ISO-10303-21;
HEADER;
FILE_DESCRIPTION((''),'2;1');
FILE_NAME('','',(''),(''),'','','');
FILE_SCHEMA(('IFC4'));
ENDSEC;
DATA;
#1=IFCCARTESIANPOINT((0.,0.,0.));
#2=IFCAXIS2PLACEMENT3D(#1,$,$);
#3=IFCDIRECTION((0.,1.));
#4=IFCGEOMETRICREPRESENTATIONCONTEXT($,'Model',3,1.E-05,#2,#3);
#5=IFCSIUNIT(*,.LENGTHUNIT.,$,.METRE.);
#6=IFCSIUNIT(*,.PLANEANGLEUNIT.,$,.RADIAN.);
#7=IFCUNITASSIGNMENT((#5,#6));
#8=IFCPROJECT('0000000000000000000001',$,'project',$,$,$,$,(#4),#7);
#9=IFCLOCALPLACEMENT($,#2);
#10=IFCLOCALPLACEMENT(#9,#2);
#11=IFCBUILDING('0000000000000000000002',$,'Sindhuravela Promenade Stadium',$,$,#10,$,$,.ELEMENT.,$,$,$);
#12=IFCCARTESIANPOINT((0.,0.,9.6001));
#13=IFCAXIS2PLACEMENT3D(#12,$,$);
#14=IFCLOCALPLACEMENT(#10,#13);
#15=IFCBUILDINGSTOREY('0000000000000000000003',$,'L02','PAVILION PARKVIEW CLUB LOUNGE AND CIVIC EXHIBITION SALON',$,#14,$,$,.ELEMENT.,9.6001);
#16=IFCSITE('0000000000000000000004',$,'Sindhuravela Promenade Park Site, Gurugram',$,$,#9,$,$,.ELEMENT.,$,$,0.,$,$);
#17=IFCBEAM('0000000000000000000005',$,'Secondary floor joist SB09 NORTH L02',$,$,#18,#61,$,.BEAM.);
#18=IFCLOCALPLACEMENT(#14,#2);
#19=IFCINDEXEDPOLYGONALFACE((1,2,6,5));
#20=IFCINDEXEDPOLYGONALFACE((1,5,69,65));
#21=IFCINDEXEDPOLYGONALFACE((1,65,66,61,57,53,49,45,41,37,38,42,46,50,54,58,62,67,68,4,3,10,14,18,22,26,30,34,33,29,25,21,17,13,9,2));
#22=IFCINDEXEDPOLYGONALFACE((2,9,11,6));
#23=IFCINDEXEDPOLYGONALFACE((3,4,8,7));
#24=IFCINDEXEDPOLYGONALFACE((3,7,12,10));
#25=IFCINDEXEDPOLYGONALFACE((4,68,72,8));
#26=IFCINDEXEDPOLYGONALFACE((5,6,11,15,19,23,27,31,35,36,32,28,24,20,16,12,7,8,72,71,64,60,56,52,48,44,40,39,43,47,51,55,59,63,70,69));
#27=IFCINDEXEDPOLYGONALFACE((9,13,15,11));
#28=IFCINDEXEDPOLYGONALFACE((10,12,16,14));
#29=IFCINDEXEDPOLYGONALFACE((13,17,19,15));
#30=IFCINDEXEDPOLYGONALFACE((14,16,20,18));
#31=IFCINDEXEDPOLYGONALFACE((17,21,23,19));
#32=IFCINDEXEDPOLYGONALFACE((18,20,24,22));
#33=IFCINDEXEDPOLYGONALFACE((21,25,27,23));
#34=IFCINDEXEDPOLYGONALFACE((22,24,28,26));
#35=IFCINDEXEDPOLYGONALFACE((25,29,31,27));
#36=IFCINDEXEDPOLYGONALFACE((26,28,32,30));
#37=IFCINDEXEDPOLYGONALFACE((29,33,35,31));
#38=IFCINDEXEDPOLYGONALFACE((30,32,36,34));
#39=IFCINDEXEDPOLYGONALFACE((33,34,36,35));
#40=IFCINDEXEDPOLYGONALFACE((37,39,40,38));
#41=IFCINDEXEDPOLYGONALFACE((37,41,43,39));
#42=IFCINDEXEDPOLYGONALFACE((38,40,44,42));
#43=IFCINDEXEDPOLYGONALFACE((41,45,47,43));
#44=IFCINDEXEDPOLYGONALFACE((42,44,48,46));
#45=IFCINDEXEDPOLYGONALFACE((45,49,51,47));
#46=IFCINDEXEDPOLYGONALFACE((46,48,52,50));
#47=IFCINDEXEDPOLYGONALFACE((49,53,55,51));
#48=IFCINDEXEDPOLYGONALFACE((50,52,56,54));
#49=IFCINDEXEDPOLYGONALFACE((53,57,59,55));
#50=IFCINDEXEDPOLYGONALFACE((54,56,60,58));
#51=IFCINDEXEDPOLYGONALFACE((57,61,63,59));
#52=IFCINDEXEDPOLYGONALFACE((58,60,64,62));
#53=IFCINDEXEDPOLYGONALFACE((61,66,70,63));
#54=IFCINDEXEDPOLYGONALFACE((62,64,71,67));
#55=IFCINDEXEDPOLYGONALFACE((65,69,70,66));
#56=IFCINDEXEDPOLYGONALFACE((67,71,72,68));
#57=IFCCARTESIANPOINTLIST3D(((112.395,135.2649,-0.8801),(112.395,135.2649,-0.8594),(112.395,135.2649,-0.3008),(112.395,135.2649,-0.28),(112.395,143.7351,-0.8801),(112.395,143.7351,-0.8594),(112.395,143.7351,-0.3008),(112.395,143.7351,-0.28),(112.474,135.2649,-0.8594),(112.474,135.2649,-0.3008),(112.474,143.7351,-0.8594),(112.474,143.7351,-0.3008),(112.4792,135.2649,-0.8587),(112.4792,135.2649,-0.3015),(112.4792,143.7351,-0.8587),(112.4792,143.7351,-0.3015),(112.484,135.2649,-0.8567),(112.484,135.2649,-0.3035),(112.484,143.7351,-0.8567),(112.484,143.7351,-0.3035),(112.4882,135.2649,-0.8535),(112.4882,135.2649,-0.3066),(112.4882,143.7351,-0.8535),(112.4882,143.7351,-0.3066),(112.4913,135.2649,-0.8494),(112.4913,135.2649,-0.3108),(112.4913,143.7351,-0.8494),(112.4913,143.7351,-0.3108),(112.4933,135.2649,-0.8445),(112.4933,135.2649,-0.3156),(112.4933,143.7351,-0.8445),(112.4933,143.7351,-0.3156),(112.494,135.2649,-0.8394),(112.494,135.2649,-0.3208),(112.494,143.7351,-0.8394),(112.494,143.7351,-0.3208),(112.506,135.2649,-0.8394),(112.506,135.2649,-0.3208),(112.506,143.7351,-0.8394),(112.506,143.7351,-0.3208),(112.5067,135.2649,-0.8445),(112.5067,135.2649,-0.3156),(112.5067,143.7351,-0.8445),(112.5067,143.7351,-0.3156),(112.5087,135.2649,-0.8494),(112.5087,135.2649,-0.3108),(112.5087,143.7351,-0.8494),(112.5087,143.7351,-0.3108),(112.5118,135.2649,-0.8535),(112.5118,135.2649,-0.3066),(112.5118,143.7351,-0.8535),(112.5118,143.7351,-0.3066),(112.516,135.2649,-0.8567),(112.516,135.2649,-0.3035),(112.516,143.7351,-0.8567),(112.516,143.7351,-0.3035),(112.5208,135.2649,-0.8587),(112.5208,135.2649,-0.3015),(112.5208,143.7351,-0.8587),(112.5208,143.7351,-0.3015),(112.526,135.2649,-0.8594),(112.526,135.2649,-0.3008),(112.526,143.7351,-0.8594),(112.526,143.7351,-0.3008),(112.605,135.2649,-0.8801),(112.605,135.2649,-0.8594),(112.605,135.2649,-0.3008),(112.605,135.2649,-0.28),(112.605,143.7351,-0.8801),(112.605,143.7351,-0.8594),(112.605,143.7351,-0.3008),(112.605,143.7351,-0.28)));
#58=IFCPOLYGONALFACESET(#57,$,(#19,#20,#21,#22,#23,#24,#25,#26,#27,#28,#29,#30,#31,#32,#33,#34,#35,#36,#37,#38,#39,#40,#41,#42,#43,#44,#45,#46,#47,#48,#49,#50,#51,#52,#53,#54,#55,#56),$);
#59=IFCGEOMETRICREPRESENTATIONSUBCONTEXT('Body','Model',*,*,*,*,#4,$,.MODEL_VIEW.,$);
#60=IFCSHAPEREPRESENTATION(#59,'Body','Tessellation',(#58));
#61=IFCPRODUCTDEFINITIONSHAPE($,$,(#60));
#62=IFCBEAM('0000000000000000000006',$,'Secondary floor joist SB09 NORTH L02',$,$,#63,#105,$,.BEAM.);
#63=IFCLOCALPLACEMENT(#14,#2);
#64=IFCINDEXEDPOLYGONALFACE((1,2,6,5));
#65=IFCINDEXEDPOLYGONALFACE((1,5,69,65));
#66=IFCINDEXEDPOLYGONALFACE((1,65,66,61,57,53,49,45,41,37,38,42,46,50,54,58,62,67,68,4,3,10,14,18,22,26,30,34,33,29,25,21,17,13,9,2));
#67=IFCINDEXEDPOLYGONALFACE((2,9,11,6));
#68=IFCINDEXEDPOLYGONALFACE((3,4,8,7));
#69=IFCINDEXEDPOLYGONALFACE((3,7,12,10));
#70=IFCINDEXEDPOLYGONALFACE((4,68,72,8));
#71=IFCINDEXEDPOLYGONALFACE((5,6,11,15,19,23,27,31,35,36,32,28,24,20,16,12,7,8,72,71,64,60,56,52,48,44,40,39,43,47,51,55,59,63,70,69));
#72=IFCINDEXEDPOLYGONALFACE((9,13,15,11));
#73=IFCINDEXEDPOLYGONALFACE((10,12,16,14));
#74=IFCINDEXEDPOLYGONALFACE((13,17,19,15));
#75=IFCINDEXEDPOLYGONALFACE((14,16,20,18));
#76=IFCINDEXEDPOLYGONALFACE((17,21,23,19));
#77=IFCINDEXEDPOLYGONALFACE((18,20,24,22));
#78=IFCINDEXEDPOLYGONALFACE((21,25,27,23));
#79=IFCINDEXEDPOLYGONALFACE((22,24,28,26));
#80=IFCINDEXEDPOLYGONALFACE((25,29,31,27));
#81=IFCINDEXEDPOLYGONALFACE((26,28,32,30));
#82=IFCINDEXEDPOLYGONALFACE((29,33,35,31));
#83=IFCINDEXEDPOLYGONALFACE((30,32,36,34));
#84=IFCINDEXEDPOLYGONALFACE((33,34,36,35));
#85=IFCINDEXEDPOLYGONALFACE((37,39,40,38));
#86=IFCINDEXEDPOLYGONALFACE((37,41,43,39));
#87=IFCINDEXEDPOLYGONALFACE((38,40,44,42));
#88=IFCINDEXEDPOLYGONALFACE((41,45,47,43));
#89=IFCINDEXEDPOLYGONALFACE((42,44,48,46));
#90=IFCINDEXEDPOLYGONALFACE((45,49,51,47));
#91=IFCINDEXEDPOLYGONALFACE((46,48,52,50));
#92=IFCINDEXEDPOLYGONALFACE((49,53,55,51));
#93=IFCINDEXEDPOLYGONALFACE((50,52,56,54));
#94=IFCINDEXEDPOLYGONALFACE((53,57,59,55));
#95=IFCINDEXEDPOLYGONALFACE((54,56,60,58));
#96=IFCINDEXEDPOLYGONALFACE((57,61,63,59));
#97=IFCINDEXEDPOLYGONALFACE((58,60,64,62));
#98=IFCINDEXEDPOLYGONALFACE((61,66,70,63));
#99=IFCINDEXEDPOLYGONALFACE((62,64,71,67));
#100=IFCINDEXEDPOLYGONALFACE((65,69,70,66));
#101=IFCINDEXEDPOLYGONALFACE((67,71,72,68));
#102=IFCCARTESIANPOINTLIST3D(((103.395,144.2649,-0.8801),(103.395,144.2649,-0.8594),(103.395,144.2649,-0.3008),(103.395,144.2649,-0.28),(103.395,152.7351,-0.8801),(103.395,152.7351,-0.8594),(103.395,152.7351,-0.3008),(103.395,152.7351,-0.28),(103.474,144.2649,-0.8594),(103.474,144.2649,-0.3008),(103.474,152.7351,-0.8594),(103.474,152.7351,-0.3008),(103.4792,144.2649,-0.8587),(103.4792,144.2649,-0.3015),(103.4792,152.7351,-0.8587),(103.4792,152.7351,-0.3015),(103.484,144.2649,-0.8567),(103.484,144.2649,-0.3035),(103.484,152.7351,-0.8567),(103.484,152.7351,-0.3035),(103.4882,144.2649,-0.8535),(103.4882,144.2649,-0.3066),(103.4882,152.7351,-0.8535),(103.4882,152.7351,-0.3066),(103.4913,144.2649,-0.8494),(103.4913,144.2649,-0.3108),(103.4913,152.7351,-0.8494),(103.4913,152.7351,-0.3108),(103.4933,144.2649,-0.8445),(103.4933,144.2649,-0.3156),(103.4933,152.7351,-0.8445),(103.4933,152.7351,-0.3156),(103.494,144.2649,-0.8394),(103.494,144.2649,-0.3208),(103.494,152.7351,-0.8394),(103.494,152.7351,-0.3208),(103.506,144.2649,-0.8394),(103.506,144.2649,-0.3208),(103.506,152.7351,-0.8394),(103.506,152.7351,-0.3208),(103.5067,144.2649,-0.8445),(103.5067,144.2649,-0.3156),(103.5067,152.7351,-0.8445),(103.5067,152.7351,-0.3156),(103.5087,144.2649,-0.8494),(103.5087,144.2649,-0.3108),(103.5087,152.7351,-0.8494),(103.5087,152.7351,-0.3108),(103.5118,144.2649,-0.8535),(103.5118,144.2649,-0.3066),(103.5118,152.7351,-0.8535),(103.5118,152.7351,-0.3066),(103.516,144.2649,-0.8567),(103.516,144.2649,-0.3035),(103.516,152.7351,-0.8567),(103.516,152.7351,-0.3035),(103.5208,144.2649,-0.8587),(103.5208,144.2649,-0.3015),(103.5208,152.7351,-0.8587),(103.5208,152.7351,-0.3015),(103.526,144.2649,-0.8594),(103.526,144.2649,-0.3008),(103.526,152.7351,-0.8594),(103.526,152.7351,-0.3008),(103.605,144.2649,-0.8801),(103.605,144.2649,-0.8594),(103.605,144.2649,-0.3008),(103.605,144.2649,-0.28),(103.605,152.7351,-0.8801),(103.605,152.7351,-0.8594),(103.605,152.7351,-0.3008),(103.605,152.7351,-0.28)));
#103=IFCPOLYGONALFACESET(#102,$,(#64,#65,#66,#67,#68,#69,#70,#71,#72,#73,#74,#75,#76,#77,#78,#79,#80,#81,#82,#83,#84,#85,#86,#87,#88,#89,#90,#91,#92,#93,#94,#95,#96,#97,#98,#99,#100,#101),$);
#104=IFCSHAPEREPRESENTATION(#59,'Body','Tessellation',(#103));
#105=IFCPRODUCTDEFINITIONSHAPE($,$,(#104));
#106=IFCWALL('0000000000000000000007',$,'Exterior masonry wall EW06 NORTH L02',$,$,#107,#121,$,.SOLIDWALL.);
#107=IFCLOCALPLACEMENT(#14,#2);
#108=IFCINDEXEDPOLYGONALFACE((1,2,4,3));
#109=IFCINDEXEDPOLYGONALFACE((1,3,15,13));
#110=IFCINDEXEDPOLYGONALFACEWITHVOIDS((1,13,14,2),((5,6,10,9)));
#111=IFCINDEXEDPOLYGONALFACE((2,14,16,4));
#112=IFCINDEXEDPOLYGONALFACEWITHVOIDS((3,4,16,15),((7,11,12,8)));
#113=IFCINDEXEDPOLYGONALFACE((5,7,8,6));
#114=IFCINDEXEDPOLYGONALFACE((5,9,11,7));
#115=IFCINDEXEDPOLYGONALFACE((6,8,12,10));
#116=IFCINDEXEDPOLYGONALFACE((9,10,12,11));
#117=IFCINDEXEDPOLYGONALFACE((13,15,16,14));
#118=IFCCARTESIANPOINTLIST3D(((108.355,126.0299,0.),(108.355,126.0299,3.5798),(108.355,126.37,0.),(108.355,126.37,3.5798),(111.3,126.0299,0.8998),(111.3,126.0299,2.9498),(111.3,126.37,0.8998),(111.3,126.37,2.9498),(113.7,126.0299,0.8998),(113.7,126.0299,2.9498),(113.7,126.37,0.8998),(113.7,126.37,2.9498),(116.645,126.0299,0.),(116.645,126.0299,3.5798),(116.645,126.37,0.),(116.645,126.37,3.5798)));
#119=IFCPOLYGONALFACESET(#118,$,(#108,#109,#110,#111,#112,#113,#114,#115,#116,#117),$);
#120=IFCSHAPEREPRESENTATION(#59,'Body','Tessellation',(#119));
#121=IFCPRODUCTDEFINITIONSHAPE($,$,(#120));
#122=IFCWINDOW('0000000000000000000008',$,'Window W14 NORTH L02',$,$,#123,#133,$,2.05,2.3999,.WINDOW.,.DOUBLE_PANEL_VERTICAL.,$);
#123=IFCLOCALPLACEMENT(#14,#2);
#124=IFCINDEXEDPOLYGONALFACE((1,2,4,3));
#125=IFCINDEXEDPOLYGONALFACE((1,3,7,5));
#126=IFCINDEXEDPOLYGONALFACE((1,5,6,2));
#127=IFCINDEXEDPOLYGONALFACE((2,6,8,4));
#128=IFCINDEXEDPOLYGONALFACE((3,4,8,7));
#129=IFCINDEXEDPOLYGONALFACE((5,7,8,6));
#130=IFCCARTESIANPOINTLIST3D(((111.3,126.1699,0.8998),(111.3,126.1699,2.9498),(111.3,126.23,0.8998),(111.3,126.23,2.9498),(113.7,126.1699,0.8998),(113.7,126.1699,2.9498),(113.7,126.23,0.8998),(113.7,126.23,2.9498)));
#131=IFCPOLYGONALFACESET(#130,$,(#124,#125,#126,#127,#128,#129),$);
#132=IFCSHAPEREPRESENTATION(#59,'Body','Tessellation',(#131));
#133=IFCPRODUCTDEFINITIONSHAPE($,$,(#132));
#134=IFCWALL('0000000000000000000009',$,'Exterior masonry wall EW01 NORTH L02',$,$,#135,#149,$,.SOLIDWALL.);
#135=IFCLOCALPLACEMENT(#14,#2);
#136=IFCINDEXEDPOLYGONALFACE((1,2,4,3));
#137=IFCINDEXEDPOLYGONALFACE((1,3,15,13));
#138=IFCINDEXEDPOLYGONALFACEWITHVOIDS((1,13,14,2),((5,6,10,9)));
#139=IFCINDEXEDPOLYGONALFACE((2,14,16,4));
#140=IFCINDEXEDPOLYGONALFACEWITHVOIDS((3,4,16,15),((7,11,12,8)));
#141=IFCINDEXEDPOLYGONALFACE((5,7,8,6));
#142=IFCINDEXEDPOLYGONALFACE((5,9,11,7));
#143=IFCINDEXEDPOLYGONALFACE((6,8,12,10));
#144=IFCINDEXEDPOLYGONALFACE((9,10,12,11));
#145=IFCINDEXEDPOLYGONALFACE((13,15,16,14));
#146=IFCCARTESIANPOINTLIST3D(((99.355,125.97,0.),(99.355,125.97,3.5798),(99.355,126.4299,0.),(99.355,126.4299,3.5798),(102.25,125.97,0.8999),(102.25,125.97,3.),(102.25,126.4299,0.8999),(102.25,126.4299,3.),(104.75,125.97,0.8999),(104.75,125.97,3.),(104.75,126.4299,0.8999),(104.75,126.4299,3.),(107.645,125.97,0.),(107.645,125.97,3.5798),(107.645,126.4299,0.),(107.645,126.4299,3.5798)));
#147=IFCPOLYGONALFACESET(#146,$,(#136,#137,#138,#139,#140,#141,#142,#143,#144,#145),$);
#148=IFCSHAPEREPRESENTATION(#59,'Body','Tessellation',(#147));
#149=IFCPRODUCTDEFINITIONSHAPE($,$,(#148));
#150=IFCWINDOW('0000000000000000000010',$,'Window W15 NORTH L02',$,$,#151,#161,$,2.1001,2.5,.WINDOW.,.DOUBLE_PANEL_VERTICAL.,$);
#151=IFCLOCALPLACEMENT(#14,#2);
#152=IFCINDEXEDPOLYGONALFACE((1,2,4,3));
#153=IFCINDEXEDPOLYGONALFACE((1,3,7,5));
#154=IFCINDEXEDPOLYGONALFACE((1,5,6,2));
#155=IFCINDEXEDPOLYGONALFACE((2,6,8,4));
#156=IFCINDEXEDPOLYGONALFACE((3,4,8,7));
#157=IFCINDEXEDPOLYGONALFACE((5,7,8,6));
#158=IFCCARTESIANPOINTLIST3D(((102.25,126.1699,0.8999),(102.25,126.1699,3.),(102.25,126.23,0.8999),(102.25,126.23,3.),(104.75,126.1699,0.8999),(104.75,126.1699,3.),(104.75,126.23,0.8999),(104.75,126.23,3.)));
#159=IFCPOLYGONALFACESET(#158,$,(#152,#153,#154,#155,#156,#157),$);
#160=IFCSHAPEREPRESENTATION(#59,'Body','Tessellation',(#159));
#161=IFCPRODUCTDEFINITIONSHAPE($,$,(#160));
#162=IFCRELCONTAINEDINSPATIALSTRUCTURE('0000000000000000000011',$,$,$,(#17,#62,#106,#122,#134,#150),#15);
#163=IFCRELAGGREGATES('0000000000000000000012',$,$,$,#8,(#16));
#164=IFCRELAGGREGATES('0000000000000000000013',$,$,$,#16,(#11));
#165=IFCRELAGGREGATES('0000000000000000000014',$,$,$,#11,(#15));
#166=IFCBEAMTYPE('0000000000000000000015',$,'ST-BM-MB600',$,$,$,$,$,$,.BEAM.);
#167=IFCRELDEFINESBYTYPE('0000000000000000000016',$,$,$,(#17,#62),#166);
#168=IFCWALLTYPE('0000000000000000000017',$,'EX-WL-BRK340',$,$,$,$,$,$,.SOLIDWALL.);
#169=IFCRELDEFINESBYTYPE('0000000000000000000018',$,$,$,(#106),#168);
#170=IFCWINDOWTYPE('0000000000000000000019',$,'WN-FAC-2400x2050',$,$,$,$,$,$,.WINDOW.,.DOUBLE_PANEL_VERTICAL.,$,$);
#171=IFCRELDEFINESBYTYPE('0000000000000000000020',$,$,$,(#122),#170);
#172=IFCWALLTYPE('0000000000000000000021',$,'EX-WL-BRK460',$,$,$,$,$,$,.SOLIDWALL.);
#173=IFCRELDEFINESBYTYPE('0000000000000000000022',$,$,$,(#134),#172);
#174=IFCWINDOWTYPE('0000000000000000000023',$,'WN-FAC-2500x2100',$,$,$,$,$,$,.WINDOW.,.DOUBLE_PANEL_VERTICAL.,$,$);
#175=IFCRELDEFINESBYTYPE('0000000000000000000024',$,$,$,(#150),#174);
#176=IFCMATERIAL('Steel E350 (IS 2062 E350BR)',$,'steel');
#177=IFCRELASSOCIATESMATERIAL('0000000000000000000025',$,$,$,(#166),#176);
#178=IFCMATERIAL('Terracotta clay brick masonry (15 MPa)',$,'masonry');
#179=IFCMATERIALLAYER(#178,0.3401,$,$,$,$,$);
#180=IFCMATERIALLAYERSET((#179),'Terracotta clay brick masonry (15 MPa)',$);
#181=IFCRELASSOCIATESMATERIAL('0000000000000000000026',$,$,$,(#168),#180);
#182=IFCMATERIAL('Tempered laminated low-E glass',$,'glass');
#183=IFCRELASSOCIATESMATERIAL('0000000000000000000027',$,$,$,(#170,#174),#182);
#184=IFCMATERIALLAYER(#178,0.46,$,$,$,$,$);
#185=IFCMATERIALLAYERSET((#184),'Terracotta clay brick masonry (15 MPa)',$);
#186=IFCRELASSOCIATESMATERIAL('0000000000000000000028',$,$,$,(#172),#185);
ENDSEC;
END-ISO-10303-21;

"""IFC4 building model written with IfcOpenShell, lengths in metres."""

from ifc_helpers import new_model, si_unit, direction, frame, frame_2d, origin, origin_2d, place, context, subcontext, project, spatial, rectangle, i_section, extrude, material, layer, layer_set, material_profile, profile_set, type_object, element, fill, save


model = new_model("IFC4")

# Units and contexts
model_context = context("Model", 3, precision=1e-05, world=origin(), true_north=direction((0.0, 1.0)))
body_context = subcontext(model_context, "Body", "Model", "MODEL_VIEW")
ifc_project = project(units=[si_unit("LENGTHUNIT", "METRE"), si_unit("PLANEANGLEUNIT", "RADIAN")], contexts=[model_context])

# Site, building, storey
site_placement = place(None, origin())
site = spatial("IfcSite", under=ifc_project, at=site_placement, Name="Sindhuravela Promenade Park Site, Gurugram", CompositionType="ELEMENT", RefElevation=0.0)
building_placement = place(site_placement, origin())
building = spatial("IfcBuilding", under=site, at=building_placement, Name="Sindhuravela Promenade Stadium", CompositionType="ELEMENT")
storey_placement = place(building_placement, frame((0.0, 0.0, 9.6001)))
storey = spatial("IfcBuildingStorey", under=building, at=storey_placement, Name="L02", Description="PAVILION PARKVIEW CLUB LOUNGE AND CIVIC EXHIBITION SALON", CompositionType="ELEMENT", Elevation=9.6001)

# Beams
ifc_material_1 = material(Name="Steel E350 (IS 2062 E350BR)", Category="steel")
ifc_material_profile_1 = material_profile(ifc_material_1, i_section(OverallWidth=0.21, OverallDepth=0.6001, WebThickness=0.012, FlangeThickness=0.0208, FilletRadius=0.02, at=origin_2d()), Name="ISMB 600")
ifc_profile_set_1 = profile_set([ifc_material_profile_1], Name="Steel E350 (IS 2062 E350BR)")
beam_type_1 = type_object("IfcBeamType", Name="ST-BM-MB600", PredefinedType="BEAM", material=ifc_profile_set_1)
for number, where, z_axis, x_axis, name in (
    (1, (112.5, 135.2649, -0.5801), (0.0, 1.0, 0.0), (-1.0, 0.0, 0.0), "Secondary floor joist SB09 NORTH L02"),
    (2, (103.5, 144.2649, -0.5801), (0.0, 1.0, 0.0), (-1.0, 0.0, 0.0), "Secondary floor joist SB09 NORTH L02"),
):
    element("IfcBeam", number, at=place(storey_placement, frame(where, z_axis=z_axis, x_axis=x_axis)), inside=storey, type_object=beam_type_1, Name=name, PredefinedType="BEAM", context=body_context, shape_type="SweptSolid", body=[
        extrude(i_section(OverallWidth=0.21, OverallDepth=0.6001, WebThickness=0.012, FlangeThickness=0.0208, FilletRadius=0.02, at=origin_2d()), origin(), (0.0, 0.0, 1.0), 8.4702),
    ])

# Walls, openings, windows
ifc_material_2 = material(Name="Terracotta clay brick masonry (15 MPa)", Category="masonry")
ifc_layer_1 = layer(ifc_material_2, 0.3401)
ifc_layer_set_1 = layer_set([ifc_layer_1], Name="Terracotta clay brick masonry (15 MPa)")
wall_type_1 = type_object("IfcWallType", Name="EX-WL-BRK340", PredefinedType="SOLIDWALL", material=ifc_layer_set_1)
wall_1_placement = place(storey_placement, frame((116.645, 126.2, 0.0), z_axis=(0.0, 0.0, 1.0), x_axis=(-1.0, 0.0, 0.0)))
wall_1 = element("IfcWall", 3, at=wall_1_placement, inside=storey, type_object=wall_type_1, Name="Exterior masonry wall EW06 NORTH L02", PredefinedType="SOLIDWALL", context=body_context, shape_type="SweptSolid", body=[
    extrude(rectangle(XDim=8.29, YDim=0.3401, at=frame_2d((4.145, 0.0))), origin(), (0.0, 0.0, 1.0), 3.5798),
])
opening_1_placement = place(wall_1_placement, frame((2.9451, 0.0, 0.8999)))
opening_1 = element("IfcOpeningElement", 4, at=opening_1_placement, cuts=wall_1, PredefinedType="OPENING", context=body_context, shape_type="SweptSolid", body=[
    extrude(rectangle(XDim=2.3999, YDim=2.05, at=frame_2d((1.2, 1.0249))), frame((0.0, 0.1799, 0.0), z_axis=(0.0, -1.0, 0.0), x_axis=(1.0, 0.0, 0.0)), (0.0, 0.0, 1.0), 0.3601),
])
ifc_material_3 = material(Name="Tempered laminated low-E glass", Category="glass")
window_type_1 = type_object("IfcWindowType", Name="WN-FAC-2400x2050", PartitioningType="DOUBLE_PANEL_VERTICAL", PredefinedType="WINDOW", material=ifc_material_3)
window_1_placement = place(opening_1_placement, origin())
window_1 = element("IfcWindow", 5, at=window_1_placement, inside=storey, type_object=window_type_1, Name="Window W14 NORTH L02", OverallHeight=2.05, OverallWidth=2.3999, PartitioningType="DOUBLE_PANEL_VERTICAL", PredefinedType="WINDOW", context=body_context, shape_type="SweptSolid", body=[
    extrude(rectangle(XDim=2.3999, YDim=2.05, at=frame_2d((1.2, 1.0249))), frame((0.0, 0.03, 0.0), z_axis=(0.0, -1.0, 0.0), x_axis=(1.0, 0.0, 0.0)), (0.0, 0.0, 1.0), 0.0601),
])
fill(opening_1, window_1)
ifc_layer_2 = layer(ifc_material_2, 0.46)
ifc_layer_set_2 = layer_set([ifc_layer_2], Name="Terracotta clay brick masonry (15 MPa)")
wall_type_2 = type_object("IfcWallType", Name="EX-WL-BRK460", PredefinedType="SOLIDWALL", material=ifc_layer_set_2)
wall_2_placement = place(storey_placement, frame((107.645, 126.2, 0.0), z_axis=(0.0, 0.0, 1.0), x_axis=(-1.0, 0.0, 0.0)))
wall_2 = element("IfcWall", 6, at=wall_2_placement, inside=storey, type_object=wall_type_2, Name="Exterior masonry wall EW01 NORTH L02", PredefinedType="SOLIDWALL", context=body_context, shape_type="SweptSolid", body=[
    extrude(rectangle(XDim=8.29, YDim=0.46, at=frame_2d((4.145, 0.0))), origin(), (0.0, 0.0, 1.0), 3.5798),
])
opening_2_placement = place(wall_2_placement, frame((2.895, 0.0, 0.8999)))
opening_2 = element("IfcOpeningElement", 7, at=opening_2_placement, cuts=wall_2, PredefinedType="OPENING", context=body_context, shape_type="SweptSolid", body=[
    extrude(rectangle(XDim=2.5, YDim=2.1001, at=frame_2d((1.25, 1.05))), frame((0.0, 0.24, 0.0), z_axis=(0.0, -1.0, 0.0), x_axis=(1.0, 0.0, 0.0)), (0.0, 0.0, 1.0), 0.48),
])
window_type_2 = type_object("IfcWindowType", Name="WN-FAC-2500x2100", PartitioningType="DOUBLE_PANEL_VERTICAL", PredefinedType="WINDOW", material=ifc_material_3)
window_2_placement = place(opening_2_placement, origin())
window_2 = element("IfcWindow", 8, at=window_2_placement, inside=storey, type_object=window_type_2, Name="Window W15 NORTH L02", OverallHeight=2.1001, OverallWidth=2.5, PartitioningType="DOUBLE_PANEL_VERTICAL", PredefinedType="WINDOW", context=body_context, shape_type="SweptSolid", body=[
    extrude(rectangle(XDim=2.5, YDim=2.1001, at=frame_2d((1.25, 1.05))), frame((0.0, 0.03, 0.0), z_axis=(0.0, -1.0, 0.0), x_axis=(1.0, 0.0, 0.0)), (0.0, 0.0, 1.0), 0.0601),
])
fill(opening_2, window_2)

save(model, "model.ifc")
